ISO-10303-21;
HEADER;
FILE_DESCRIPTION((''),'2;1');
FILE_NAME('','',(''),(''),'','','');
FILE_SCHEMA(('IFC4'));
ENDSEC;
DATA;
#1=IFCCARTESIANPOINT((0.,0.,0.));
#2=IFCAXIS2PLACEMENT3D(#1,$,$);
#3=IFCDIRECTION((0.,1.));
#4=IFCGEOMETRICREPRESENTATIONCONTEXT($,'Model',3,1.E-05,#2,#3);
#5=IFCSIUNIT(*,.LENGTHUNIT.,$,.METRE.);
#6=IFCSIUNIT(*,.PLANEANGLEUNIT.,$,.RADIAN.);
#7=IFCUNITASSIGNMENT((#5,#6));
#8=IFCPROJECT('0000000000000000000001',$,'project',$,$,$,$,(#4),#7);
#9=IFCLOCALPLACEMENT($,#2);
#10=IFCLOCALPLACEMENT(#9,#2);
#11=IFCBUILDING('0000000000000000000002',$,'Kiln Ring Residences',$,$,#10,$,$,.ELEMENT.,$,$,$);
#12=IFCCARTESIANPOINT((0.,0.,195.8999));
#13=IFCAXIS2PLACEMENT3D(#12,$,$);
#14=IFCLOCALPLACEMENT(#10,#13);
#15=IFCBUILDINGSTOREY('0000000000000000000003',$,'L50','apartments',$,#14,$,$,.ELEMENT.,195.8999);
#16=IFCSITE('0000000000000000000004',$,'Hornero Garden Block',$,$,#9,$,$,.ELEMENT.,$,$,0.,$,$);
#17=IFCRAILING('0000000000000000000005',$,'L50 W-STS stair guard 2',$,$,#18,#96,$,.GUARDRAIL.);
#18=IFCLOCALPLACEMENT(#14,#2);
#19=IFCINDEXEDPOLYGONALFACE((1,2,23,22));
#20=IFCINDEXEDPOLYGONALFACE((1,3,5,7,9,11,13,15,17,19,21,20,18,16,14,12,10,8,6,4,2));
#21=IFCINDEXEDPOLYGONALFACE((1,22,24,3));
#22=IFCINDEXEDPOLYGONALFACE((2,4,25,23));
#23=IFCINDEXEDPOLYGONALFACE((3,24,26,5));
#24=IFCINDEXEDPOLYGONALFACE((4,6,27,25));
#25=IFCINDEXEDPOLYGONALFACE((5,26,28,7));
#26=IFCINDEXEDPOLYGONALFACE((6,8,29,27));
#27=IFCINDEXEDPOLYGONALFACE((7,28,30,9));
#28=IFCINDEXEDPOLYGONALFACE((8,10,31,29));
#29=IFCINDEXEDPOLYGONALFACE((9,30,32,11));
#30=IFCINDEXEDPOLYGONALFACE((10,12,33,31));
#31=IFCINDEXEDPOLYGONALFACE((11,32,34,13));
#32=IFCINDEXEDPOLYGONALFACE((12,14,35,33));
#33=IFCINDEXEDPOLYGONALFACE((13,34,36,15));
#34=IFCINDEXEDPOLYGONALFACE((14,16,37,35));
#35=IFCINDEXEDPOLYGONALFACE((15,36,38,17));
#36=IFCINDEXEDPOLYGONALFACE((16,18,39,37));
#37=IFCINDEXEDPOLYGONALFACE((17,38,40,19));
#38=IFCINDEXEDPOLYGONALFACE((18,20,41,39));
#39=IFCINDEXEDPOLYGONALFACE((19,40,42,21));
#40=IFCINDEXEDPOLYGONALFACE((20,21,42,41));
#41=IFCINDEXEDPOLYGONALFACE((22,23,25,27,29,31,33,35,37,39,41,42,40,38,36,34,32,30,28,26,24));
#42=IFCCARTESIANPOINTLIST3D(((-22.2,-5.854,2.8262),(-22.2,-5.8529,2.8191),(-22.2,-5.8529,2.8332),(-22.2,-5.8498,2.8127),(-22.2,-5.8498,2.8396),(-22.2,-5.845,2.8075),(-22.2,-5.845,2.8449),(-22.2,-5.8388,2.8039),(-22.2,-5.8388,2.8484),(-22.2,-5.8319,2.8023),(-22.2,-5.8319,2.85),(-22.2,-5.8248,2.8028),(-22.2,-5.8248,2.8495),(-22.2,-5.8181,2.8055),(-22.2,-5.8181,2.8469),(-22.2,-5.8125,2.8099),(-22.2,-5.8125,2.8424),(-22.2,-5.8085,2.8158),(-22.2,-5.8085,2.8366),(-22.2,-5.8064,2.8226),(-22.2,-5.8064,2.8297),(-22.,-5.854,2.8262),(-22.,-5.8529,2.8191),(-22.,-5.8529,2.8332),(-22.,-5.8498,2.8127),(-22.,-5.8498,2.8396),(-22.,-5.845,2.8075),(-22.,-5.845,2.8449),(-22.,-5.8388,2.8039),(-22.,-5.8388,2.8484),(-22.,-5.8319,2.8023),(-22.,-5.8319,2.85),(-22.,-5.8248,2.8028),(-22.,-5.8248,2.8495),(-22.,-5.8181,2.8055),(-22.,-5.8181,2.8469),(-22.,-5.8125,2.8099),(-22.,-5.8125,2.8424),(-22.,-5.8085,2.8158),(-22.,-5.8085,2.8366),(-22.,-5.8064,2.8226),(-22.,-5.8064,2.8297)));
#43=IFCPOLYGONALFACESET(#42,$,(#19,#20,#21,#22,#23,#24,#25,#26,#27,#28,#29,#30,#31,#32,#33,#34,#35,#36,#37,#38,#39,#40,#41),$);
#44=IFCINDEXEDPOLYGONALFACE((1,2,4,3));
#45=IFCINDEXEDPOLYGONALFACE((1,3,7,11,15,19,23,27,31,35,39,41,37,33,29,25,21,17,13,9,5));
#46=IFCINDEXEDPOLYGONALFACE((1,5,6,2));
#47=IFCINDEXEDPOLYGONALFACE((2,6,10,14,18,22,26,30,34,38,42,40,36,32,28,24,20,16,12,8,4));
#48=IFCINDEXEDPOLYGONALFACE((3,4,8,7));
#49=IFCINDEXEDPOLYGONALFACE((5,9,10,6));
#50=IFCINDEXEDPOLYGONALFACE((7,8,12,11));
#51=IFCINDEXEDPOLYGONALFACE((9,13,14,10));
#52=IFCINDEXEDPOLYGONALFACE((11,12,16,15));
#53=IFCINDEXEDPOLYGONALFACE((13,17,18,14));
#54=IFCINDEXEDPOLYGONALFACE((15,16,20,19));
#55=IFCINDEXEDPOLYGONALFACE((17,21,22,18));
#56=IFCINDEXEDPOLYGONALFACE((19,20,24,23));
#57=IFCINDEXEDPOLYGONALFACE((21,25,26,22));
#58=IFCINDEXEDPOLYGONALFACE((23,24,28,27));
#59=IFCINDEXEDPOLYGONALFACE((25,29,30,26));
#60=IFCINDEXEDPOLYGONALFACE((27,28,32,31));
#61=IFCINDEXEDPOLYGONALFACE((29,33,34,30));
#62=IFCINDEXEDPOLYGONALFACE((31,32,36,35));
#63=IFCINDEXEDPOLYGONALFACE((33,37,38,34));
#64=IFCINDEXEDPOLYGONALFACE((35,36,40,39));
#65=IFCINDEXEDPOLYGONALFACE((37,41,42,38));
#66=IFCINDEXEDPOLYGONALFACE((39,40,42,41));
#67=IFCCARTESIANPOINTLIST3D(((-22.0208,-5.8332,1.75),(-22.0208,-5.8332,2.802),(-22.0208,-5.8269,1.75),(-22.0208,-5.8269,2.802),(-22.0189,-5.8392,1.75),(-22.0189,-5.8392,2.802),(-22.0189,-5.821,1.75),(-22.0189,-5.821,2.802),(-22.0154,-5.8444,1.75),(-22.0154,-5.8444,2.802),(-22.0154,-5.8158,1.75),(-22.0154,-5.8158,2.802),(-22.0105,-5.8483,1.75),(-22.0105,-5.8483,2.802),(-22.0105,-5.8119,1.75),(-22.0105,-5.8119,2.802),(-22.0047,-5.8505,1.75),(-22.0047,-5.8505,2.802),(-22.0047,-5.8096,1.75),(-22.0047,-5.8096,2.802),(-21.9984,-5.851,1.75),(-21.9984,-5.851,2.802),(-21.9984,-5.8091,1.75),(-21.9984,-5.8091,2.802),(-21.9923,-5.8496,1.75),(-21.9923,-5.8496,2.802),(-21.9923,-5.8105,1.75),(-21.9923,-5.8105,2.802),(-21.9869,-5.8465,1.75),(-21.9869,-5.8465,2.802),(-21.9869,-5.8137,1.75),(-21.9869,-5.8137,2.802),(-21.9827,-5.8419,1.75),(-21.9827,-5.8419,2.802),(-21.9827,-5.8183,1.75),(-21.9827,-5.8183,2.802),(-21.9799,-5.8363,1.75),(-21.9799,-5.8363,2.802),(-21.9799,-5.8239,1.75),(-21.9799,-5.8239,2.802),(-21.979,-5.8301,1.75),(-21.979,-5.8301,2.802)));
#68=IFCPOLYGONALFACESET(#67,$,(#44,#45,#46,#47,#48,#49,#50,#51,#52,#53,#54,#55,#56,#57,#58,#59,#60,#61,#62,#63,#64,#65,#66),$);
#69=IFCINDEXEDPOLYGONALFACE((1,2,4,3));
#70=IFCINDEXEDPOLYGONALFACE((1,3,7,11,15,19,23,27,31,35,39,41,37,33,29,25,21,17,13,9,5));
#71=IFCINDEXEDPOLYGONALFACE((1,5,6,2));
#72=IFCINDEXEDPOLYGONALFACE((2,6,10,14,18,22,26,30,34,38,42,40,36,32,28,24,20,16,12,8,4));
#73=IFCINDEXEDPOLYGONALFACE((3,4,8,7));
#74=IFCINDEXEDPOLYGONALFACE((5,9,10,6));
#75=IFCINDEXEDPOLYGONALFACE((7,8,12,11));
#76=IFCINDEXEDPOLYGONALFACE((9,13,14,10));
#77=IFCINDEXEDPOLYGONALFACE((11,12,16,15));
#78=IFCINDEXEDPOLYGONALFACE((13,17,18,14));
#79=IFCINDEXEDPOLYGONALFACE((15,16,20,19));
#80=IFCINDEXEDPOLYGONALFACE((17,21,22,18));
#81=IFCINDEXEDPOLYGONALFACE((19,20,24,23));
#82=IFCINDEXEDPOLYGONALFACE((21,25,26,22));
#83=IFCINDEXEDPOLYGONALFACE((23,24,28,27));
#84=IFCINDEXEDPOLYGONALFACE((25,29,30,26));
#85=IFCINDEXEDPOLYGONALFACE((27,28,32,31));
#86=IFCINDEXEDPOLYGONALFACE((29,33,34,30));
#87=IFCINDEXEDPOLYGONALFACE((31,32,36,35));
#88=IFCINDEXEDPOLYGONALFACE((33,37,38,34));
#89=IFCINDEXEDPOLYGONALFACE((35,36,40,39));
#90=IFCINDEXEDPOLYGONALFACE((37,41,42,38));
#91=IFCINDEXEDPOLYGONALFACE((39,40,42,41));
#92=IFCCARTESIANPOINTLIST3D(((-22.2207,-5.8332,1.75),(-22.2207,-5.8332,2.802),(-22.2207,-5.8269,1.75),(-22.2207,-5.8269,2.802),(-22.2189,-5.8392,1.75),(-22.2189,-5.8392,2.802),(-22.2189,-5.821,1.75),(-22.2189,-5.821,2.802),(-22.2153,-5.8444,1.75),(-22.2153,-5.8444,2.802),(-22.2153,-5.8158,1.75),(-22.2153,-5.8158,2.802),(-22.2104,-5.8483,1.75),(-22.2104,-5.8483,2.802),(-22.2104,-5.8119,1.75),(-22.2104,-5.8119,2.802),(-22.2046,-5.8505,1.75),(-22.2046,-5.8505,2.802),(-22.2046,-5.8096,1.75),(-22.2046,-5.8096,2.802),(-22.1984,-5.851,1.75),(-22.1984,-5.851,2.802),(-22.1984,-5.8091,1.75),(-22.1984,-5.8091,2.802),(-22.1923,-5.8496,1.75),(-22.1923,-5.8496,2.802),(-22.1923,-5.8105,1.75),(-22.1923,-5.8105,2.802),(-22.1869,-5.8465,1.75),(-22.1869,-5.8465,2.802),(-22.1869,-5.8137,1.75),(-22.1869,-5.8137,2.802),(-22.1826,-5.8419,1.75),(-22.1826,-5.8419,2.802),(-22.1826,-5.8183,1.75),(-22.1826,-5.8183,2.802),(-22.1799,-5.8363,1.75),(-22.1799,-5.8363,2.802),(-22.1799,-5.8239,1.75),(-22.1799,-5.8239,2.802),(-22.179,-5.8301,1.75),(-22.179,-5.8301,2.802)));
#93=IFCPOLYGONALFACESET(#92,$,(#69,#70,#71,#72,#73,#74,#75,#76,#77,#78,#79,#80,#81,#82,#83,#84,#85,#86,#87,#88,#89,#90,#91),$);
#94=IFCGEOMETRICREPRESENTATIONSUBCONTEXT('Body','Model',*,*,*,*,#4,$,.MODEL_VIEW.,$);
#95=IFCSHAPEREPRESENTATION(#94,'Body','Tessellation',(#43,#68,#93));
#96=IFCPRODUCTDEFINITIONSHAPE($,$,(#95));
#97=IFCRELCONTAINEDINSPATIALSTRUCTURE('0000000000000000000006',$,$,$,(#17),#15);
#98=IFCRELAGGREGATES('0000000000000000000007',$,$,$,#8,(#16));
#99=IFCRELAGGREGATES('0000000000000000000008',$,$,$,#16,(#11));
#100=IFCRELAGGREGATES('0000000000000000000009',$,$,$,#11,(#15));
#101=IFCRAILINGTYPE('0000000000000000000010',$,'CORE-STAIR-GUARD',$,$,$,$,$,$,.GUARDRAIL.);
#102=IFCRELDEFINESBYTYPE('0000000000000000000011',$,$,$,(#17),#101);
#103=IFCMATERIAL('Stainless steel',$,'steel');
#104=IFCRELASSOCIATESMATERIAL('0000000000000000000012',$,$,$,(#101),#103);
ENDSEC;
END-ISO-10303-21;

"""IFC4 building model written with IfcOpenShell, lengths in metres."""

from ifc_helpers import new_model, si_unit, direction, frame, origin, origin_2d, place, context, subcontext, project, spatial, circle, extrude, material, type_object, element, save


model = new_model("IFC4")

# Units and contexts
model_context = context("Model", 3, precision=1e-05, world=origin(), true_north=direction((0.0, 1.0)))
body_context = subcontext(model_context, "Body", "Model", "MODEL_VIEW")
ifc_project = project(units=[si_unit("LENGTHUNIT", "METRE"), si_unit("PLANEANGLEUNIT", "RADIAN")], contexts=[model_context])

# Site, building, storey
site_placement = place(None, origin())
site = spatial("IfcSite", under=ifc_project, at=site_placement, Name="Hornero Garden Block", CompositionType="ELEMENT", RefElevation=0.0)
building_placement = place(site_placement, origin())
building = spatial("IfcBuilding", under=site, at=building_placement, Name="Kiln Ring Residences", CompositionType="ELEMENT")
storey_placement = place(building_placement, frame((0.0, 0.0, 195.8999)))
storey = spatial("IfcBuildingStorey", under=building, at=storey_placement, Name="L50", Description="apartments", CompositionType="ELEMENT", Elevation=195.8999)

# Railing
ifc_material_1 = material(Name="Stainless steel", Category="steel")
railing_type_1 = type_object("IfcRailingType", Name="CORE-STAIR-GUARD", PredefinedType="GUARDRAIL", material=ifc_material_1)
railing_1_placement = place(storey_placement, frame((-22.0, -5.8301, 1.75)))
element("IfcRailing", 1, at=railing_1_placement, inside=storey, type_object=railing_type_1, Name="L50 W-STS stair guard 2", PredefinedType="GUARDRAIL", context=body_context, shape_type="SweptSolid", body=[
    extrude(circle(Radius=0.0239, at=origin_2d()), frame((0.0, 0.0, 1.0762), z_axis=(-1.0, 0.0, 0.0), x_axis=(0.0, -1.0, 0.0)), (0.0, 0.0, 1.0), 0.2),
    extrude(circle(Radius=0.021, at=origin_2d()), origin(), (0.0, 0.0, 1.0), 1.052),
    extrude(circle(Radius=0.021, at=origin_2d()), frame((-0.2, 0.0, 0.0)), (0.0, 0.0, 1.0), 1.052),
])

save(model, "model.ifc")
